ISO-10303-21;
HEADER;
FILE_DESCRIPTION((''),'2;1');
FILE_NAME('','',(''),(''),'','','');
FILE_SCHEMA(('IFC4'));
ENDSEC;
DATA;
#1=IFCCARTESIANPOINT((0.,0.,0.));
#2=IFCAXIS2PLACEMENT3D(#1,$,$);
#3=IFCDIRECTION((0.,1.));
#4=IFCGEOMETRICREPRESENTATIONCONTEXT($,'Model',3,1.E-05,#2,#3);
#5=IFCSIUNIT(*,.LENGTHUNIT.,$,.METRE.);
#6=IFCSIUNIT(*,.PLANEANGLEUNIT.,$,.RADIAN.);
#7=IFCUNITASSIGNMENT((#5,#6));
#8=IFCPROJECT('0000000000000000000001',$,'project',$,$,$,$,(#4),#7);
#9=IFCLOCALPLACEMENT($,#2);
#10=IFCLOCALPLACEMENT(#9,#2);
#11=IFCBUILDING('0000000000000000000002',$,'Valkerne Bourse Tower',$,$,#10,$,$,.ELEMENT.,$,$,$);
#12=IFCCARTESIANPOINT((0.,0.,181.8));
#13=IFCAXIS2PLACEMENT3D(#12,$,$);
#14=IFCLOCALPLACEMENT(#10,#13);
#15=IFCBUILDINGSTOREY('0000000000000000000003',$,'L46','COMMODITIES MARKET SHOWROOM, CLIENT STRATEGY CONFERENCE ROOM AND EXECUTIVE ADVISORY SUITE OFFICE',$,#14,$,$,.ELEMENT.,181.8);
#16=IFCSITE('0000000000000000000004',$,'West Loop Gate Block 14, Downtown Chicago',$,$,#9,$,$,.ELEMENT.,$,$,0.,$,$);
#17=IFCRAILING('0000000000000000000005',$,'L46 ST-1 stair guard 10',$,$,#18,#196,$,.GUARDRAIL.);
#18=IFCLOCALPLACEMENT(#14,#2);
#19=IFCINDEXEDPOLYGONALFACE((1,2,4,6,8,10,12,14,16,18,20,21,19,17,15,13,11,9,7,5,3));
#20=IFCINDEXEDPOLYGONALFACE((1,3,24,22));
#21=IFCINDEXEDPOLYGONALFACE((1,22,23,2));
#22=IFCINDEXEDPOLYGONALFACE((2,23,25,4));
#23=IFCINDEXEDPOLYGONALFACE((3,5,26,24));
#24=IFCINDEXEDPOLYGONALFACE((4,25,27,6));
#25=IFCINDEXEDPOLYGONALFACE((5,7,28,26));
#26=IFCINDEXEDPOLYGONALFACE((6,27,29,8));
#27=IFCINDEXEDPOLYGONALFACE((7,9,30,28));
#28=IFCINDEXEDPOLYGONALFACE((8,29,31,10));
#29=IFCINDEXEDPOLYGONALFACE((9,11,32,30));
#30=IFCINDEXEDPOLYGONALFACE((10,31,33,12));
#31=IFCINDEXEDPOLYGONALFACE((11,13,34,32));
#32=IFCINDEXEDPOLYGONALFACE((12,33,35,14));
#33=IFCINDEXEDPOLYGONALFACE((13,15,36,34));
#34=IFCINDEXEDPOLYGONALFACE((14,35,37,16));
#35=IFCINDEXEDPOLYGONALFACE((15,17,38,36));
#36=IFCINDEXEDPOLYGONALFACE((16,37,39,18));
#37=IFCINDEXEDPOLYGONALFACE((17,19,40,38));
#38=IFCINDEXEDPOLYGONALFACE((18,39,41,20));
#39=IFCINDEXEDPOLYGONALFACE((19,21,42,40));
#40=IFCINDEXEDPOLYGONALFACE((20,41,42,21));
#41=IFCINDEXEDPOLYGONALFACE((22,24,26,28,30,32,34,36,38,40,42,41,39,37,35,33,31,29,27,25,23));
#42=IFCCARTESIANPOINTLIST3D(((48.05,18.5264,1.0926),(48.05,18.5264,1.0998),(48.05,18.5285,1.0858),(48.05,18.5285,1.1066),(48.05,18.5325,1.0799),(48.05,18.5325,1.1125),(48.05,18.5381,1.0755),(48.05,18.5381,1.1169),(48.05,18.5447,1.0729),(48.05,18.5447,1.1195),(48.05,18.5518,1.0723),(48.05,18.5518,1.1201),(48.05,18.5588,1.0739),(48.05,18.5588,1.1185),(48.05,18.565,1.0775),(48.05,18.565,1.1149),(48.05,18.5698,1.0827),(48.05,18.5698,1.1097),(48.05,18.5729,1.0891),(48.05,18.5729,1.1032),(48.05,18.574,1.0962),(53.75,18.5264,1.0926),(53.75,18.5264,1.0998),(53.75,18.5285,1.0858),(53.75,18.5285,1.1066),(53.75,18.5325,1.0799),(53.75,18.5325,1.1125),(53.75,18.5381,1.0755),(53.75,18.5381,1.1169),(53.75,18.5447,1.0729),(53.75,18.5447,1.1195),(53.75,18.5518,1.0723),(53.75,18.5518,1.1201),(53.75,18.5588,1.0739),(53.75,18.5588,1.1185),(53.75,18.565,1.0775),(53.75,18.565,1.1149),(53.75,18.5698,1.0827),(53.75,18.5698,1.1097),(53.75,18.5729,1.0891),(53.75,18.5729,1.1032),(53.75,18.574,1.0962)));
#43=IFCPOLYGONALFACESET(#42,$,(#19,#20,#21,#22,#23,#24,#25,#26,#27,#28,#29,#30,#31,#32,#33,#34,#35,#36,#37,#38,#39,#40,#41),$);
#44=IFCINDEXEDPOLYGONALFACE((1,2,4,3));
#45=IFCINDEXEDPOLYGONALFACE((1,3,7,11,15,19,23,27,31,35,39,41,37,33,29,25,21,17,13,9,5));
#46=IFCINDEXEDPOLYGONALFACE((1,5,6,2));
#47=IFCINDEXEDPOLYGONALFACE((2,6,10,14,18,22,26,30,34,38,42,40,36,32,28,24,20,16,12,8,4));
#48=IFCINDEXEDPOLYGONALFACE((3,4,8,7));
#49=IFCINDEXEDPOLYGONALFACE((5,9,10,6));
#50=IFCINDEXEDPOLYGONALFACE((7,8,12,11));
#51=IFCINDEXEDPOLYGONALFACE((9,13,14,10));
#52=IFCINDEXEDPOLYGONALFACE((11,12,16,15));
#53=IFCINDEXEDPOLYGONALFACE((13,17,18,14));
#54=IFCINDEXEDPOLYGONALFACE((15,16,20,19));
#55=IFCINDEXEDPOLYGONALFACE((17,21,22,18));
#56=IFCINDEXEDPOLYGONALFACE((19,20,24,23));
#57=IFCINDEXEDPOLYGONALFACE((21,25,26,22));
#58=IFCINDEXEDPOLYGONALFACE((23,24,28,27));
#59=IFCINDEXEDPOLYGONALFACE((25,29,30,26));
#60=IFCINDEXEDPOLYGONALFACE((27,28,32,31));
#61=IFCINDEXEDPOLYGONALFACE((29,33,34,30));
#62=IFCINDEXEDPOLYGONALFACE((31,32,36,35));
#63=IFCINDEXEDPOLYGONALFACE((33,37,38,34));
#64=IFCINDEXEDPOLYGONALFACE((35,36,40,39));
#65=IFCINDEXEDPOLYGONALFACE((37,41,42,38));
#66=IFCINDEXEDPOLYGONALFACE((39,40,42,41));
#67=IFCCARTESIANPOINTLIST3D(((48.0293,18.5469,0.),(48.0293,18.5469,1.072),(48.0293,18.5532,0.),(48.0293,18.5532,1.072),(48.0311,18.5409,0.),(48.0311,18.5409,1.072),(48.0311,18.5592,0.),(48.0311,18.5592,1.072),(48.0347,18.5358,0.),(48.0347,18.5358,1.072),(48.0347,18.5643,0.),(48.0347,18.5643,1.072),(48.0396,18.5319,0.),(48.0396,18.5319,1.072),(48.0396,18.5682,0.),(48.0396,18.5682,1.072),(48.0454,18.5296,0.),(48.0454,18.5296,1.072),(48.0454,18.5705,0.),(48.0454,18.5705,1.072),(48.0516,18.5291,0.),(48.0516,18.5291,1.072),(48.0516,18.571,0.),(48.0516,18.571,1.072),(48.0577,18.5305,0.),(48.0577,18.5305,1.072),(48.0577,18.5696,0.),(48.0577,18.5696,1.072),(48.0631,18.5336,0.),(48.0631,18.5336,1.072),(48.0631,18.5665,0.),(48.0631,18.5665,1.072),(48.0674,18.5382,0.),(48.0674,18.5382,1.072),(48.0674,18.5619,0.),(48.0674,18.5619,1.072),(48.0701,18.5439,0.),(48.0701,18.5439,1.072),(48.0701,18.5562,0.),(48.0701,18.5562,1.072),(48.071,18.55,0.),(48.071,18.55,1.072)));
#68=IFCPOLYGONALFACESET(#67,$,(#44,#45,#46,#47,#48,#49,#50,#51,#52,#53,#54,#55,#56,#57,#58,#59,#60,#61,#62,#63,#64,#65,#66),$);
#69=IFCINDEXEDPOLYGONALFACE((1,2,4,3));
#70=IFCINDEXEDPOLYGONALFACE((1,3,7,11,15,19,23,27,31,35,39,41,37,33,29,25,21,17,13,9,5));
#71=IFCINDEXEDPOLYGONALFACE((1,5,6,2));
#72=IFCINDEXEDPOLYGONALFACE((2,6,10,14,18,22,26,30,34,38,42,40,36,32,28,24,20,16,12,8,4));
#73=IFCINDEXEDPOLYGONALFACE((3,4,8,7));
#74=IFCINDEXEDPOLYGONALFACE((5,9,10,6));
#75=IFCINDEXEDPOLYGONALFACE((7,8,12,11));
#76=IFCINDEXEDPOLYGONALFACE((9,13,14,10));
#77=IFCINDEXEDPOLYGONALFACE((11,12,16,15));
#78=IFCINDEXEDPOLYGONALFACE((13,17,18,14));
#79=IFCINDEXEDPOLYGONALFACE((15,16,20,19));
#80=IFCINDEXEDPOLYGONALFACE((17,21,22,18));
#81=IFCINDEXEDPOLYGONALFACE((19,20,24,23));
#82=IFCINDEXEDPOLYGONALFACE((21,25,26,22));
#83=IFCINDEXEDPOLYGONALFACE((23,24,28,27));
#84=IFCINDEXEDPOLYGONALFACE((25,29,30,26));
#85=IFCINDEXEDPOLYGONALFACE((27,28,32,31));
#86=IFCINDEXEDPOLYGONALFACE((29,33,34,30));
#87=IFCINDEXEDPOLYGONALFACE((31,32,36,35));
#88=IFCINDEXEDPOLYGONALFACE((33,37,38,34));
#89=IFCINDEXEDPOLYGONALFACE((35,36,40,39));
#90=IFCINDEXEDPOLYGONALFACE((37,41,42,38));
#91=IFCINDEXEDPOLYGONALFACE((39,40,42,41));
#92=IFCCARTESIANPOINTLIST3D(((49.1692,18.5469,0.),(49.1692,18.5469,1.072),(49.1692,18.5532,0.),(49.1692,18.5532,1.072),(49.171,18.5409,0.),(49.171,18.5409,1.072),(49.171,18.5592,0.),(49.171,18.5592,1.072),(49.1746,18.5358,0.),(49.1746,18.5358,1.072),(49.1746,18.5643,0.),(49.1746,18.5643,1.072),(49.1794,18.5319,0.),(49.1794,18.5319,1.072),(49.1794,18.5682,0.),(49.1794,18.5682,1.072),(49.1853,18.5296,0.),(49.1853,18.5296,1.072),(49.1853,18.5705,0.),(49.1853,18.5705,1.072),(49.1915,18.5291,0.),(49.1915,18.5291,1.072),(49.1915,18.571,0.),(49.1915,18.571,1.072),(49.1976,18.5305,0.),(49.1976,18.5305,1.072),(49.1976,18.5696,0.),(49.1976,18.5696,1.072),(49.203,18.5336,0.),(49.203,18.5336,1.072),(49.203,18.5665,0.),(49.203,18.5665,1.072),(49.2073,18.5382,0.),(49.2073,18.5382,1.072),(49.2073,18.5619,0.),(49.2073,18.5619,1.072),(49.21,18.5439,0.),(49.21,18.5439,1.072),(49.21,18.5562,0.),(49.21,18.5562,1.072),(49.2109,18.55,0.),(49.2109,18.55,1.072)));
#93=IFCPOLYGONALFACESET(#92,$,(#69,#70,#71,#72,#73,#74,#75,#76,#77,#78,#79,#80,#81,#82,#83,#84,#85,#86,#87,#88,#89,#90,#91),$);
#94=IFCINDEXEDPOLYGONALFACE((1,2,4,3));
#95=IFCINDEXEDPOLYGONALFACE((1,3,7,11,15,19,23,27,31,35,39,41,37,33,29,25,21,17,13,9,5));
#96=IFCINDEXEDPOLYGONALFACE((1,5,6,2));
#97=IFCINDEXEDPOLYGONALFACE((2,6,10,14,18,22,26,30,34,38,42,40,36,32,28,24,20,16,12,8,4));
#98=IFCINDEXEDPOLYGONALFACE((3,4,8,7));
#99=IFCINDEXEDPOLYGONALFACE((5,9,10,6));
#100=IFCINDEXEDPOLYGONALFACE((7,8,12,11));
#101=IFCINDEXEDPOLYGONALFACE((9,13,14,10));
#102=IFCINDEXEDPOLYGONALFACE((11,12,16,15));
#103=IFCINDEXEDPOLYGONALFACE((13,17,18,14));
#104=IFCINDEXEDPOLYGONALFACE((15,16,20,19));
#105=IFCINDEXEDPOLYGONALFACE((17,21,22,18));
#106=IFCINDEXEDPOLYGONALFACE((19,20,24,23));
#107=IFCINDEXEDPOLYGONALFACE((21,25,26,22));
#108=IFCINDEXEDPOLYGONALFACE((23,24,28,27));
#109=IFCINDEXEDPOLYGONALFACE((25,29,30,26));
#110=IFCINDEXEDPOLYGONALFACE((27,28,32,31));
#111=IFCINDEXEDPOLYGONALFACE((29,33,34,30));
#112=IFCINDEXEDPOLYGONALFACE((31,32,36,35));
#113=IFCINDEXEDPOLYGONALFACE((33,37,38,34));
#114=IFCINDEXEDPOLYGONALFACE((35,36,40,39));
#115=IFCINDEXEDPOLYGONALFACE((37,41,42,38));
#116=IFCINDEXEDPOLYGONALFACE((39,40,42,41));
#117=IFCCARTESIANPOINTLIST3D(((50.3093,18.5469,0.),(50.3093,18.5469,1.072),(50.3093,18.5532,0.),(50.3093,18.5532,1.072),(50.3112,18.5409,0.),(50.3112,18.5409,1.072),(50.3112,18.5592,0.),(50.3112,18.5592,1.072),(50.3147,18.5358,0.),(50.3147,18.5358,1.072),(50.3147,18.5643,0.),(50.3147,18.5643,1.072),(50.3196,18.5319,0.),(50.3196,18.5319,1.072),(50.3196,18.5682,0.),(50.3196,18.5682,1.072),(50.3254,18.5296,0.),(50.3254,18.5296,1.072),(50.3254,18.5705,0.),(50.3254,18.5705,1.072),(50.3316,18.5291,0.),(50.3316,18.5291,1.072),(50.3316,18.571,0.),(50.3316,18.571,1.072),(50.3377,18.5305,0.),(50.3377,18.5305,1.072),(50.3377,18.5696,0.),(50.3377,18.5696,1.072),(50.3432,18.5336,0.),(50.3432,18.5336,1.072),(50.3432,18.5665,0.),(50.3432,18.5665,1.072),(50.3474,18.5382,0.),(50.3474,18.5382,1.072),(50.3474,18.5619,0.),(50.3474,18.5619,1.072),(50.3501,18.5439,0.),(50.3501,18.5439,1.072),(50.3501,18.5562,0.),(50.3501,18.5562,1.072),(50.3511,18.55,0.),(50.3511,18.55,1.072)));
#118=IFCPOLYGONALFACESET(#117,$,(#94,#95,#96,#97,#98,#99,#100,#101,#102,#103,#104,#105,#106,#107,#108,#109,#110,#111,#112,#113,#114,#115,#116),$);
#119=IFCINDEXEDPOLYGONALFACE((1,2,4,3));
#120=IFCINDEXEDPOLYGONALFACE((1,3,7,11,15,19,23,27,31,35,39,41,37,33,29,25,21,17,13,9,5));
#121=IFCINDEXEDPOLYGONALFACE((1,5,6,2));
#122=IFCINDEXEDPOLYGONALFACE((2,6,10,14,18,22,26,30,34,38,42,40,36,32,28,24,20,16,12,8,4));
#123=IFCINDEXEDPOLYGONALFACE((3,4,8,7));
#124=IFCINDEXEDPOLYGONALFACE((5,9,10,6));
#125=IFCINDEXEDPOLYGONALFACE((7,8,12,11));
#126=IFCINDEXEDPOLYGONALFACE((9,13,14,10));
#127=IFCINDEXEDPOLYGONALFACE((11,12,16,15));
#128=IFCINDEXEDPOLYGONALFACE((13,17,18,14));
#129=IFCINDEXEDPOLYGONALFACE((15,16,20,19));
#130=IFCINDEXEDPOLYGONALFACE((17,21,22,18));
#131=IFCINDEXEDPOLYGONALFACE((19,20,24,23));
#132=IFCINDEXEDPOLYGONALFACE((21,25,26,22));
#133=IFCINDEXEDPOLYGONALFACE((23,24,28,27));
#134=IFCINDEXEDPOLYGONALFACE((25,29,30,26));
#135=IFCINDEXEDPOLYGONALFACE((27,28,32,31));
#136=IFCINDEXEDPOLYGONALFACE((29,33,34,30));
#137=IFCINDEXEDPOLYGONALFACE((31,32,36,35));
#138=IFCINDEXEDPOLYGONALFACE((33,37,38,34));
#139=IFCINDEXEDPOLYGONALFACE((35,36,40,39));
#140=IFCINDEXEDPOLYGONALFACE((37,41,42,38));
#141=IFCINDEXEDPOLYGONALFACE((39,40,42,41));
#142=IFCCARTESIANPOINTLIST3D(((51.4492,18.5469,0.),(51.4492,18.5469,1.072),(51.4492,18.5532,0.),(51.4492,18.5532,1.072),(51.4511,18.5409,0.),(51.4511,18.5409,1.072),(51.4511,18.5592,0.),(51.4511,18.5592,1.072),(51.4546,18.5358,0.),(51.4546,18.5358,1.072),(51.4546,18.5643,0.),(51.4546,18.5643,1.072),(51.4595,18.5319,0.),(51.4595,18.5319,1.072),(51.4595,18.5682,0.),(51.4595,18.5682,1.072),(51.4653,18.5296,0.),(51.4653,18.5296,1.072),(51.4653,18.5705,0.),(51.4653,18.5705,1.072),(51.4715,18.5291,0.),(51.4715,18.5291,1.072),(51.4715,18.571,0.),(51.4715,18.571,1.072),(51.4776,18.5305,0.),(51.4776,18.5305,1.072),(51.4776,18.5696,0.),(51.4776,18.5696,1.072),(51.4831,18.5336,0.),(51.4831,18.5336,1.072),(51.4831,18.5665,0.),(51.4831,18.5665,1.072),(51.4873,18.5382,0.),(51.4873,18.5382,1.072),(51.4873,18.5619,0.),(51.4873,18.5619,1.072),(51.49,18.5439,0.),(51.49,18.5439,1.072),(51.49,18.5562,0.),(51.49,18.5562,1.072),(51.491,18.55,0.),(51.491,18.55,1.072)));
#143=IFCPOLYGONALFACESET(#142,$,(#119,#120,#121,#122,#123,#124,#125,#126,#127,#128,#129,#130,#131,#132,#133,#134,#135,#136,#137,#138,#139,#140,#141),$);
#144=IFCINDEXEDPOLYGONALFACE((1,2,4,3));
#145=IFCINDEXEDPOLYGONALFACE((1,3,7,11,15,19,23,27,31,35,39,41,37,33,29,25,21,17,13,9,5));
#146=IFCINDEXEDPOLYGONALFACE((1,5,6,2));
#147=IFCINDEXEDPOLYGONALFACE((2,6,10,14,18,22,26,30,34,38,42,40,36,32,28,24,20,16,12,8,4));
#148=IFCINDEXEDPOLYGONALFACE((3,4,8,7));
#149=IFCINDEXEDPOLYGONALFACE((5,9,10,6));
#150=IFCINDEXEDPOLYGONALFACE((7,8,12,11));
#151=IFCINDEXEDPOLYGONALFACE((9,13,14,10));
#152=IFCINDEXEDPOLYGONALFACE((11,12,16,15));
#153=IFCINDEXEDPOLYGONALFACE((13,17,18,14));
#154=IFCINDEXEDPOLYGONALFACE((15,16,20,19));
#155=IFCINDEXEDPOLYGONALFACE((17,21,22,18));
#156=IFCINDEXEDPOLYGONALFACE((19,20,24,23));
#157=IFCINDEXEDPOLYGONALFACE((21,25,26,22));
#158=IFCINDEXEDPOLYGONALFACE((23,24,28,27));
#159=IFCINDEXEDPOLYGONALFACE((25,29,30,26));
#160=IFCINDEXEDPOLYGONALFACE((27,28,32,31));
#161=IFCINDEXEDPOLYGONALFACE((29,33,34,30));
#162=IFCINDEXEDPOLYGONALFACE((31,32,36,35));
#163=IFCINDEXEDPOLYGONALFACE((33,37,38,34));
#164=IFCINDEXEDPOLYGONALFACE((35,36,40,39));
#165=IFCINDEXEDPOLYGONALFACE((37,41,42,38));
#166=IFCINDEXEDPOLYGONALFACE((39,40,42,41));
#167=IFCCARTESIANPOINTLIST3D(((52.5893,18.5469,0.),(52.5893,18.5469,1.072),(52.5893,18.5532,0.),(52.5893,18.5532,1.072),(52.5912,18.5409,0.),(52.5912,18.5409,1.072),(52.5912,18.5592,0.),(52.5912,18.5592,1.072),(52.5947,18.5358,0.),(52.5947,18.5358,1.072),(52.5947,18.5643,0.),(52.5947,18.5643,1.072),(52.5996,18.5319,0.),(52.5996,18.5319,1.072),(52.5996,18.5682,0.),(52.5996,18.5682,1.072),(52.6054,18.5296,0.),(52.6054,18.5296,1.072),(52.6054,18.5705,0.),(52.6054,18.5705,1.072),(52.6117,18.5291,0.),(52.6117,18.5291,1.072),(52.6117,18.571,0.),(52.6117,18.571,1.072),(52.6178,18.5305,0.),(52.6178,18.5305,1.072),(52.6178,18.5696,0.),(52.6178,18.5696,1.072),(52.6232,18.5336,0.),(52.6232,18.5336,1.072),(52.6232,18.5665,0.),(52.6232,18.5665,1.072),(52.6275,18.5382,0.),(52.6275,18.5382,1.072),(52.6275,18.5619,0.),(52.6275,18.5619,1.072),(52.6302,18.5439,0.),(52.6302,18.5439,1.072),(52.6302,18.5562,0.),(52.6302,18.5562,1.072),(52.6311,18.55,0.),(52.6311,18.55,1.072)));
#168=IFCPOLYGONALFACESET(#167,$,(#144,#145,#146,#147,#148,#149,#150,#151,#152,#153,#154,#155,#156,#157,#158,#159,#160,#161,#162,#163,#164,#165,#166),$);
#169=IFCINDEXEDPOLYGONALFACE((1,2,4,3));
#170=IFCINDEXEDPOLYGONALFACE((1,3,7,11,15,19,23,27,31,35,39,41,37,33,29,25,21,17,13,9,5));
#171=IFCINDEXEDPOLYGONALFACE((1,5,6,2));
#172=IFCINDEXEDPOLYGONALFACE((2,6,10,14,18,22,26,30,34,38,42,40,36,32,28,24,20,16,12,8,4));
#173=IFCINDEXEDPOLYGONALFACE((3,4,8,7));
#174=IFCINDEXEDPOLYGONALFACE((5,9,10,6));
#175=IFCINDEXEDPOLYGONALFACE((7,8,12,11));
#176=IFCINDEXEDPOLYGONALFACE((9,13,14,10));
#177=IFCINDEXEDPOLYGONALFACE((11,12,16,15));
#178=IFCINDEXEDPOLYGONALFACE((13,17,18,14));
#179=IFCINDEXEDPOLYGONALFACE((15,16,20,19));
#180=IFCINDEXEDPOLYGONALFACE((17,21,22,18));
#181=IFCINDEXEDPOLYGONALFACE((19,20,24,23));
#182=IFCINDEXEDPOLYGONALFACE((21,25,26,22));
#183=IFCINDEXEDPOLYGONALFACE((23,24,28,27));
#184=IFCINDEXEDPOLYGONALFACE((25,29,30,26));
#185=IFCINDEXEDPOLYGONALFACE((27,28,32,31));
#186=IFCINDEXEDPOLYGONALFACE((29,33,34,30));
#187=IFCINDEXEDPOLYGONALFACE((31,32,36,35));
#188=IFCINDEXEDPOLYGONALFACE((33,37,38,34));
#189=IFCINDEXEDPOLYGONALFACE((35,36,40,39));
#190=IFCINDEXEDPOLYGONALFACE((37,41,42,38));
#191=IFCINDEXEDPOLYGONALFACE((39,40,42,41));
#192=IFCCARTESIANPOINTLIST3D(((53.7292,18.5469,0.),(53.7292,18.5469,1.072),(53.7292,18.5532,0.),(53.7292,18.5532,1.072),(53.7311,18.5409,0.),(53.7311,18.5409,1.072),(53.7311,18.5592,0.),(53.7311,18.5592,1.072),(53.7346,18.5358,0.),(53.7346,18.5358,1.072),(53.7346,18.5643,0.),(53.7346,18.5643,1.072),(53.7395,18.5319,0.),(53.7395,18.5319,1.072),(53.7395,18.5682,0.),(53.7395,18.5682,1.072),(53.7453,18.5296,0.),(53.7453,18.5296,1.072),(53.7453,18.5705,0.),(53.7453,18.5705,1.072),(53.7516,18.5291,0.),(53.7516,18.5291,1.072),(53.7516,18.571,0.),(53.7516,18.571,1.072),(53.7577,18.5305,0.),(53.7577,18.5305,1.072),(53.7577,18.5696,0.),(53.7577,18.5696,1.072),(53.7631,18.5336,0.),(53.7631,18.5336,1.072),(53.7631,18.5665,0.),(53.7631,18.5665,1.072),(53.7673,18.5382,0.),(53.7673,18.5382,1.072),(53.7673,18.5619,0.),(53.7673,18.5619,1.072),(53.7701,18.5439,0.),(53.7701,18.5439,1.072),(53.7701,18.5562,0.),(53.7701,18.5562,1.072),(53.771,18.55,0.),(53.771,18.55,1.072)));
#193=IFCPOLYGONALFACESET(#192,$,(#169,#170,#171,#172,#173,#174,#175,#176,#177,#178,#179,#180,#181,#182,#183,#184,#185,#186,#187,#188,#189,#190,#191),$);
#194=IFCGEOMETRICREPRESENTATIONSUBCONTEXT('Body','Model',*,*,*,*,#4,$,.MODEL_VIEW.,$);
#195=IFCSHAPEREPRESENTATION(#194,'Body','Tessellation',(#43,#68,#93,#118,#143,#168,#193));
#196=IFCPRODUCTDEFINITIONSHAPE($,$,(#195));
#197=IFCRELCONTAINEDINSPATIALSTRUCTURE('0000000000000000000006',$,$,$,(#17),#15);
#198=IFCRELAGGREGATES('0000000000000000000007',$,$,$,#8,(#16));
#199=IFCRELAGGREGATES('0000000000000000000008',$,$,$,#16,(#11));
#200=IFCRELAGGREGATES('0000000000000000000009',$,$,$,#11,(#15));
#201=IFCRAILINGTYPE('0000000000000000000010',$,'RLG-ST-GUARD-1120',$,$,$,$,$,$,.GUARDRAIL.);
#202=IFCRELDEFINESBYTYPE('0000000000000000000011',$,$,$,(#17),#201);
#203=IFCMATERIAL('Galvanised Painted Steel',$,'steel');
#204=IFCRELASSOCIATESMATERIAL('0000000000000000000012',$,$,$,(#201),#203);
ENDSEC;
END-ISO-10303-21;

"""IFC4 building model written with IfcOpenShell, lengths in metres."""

from ifc_helpers import new_model, si_unit, direction, frame, origin, origin_2d, place, context, subcontext, project, spatial, circle, extrude, material, type_object, element, save


model = new_model("IFC4")

# Units and contexts
model_context = context("Model", 3, precision=1e-05, world=origin(), true_north=direction((0.0, 1.0)))
body_context = subcontext(model_context, "Body", "Model", "MODEL_VIEW")
ifc_project = project(units=[si_unit("LENGTHUNIT", "METRE"), si_unit("PLANEANGLEUNIT", "RADIAN")], contexts=[model_context])

# Site, building, storey
site_placement = place(None, origin())
site = spatial("IfcSite", under=ifc_project, at=site_placement, Name="West Loop Gate Block 14, Downtown Chicago", CompositionType="ELEMENT", RefElevation=0.0)
building_placement = place(site_placement, origin())
building = spatial("IfcBuilding", under=site, at=building_placement, Name="Valkerne Bourse Tower", CompositionType="ELEMENT")
storey_placement = place(building_placement, frame((0.0, 0.0, 181.8)))
storey = spatial("IfcBuildingStorey", under=building, at=storey_placement, Name="L46", Description="COMMODITIES MARKET SHOWROOM, CLIENT STRATEGY CONFERENCE ROOM AND EXECUTIVE ADVISORY SUITE OFFICE", CompositionType="ELEMENT", Elevation=181.8)

# Shared definitions
ifc_material_1 = material(Name="Galvanised Painted Steel", Category="steel")

# Railing
railing_type_1 = type_object("IfcRailingType", Name="RLG-ST-GUARD-1120", PredefinedType="GUARDRAIL", material=ifc_material_1)
for number, where, name in (
    (1, (48.05, 18.55, 0.0), "L46 ST-1 stair guard 10"),
):
    element("IfcRailing", number, at=place(storey_placement, frame(where)), inside=storey, type_object=railing_type_1, Name=name, PredefinedType="GUARDRAIL", context=body_context, shape_type="SweptSolid", body=[
        extrude(circle(Radius=0.0239, at=origin_2d()), frame((0.0, 0.0, 1.0962), z_axis=(1.0, 0.0, 0.0), x_axis=(0.0, 1.0, 0.0)), (0.0, 0.0, 1.0), 5.7),
        extrude(circle(Radius=0.021, at=origin_2d()), origin(), (0.0, 0.0, 1.0), 1.072),
        extrude(circle(Radius=0.021, at=origin_2d()), frame((1.1399, 0.0, 0.0)), (0.0, 0.0, 1.0), 1.072),
        extrude(circle(Radius=0.021, at=origin_2d()), frame((2.28, 0.0, 0.0)), (0.0, 0.0, 1.0), 1.072),
        extrude(circle(Radius=0.021, at=origin_2d()), frame((3.4199, 0.0, 0.0)), (0.0, 0.0, 1.0), 1.072),
        extrude(circle(Radius=0.021, at=origin_2d()), frame((4.5601, 0.0, 0.0)), (0.0, 0.0, 1.0), 1.072),
        extrude(circle(Radius=0.021, at=origin_2d()), frame((5.7, 0.0, 0.0)), (0.0, 0.0, 1.0), 1.072),
    ])

save(model, "model.ifc")
